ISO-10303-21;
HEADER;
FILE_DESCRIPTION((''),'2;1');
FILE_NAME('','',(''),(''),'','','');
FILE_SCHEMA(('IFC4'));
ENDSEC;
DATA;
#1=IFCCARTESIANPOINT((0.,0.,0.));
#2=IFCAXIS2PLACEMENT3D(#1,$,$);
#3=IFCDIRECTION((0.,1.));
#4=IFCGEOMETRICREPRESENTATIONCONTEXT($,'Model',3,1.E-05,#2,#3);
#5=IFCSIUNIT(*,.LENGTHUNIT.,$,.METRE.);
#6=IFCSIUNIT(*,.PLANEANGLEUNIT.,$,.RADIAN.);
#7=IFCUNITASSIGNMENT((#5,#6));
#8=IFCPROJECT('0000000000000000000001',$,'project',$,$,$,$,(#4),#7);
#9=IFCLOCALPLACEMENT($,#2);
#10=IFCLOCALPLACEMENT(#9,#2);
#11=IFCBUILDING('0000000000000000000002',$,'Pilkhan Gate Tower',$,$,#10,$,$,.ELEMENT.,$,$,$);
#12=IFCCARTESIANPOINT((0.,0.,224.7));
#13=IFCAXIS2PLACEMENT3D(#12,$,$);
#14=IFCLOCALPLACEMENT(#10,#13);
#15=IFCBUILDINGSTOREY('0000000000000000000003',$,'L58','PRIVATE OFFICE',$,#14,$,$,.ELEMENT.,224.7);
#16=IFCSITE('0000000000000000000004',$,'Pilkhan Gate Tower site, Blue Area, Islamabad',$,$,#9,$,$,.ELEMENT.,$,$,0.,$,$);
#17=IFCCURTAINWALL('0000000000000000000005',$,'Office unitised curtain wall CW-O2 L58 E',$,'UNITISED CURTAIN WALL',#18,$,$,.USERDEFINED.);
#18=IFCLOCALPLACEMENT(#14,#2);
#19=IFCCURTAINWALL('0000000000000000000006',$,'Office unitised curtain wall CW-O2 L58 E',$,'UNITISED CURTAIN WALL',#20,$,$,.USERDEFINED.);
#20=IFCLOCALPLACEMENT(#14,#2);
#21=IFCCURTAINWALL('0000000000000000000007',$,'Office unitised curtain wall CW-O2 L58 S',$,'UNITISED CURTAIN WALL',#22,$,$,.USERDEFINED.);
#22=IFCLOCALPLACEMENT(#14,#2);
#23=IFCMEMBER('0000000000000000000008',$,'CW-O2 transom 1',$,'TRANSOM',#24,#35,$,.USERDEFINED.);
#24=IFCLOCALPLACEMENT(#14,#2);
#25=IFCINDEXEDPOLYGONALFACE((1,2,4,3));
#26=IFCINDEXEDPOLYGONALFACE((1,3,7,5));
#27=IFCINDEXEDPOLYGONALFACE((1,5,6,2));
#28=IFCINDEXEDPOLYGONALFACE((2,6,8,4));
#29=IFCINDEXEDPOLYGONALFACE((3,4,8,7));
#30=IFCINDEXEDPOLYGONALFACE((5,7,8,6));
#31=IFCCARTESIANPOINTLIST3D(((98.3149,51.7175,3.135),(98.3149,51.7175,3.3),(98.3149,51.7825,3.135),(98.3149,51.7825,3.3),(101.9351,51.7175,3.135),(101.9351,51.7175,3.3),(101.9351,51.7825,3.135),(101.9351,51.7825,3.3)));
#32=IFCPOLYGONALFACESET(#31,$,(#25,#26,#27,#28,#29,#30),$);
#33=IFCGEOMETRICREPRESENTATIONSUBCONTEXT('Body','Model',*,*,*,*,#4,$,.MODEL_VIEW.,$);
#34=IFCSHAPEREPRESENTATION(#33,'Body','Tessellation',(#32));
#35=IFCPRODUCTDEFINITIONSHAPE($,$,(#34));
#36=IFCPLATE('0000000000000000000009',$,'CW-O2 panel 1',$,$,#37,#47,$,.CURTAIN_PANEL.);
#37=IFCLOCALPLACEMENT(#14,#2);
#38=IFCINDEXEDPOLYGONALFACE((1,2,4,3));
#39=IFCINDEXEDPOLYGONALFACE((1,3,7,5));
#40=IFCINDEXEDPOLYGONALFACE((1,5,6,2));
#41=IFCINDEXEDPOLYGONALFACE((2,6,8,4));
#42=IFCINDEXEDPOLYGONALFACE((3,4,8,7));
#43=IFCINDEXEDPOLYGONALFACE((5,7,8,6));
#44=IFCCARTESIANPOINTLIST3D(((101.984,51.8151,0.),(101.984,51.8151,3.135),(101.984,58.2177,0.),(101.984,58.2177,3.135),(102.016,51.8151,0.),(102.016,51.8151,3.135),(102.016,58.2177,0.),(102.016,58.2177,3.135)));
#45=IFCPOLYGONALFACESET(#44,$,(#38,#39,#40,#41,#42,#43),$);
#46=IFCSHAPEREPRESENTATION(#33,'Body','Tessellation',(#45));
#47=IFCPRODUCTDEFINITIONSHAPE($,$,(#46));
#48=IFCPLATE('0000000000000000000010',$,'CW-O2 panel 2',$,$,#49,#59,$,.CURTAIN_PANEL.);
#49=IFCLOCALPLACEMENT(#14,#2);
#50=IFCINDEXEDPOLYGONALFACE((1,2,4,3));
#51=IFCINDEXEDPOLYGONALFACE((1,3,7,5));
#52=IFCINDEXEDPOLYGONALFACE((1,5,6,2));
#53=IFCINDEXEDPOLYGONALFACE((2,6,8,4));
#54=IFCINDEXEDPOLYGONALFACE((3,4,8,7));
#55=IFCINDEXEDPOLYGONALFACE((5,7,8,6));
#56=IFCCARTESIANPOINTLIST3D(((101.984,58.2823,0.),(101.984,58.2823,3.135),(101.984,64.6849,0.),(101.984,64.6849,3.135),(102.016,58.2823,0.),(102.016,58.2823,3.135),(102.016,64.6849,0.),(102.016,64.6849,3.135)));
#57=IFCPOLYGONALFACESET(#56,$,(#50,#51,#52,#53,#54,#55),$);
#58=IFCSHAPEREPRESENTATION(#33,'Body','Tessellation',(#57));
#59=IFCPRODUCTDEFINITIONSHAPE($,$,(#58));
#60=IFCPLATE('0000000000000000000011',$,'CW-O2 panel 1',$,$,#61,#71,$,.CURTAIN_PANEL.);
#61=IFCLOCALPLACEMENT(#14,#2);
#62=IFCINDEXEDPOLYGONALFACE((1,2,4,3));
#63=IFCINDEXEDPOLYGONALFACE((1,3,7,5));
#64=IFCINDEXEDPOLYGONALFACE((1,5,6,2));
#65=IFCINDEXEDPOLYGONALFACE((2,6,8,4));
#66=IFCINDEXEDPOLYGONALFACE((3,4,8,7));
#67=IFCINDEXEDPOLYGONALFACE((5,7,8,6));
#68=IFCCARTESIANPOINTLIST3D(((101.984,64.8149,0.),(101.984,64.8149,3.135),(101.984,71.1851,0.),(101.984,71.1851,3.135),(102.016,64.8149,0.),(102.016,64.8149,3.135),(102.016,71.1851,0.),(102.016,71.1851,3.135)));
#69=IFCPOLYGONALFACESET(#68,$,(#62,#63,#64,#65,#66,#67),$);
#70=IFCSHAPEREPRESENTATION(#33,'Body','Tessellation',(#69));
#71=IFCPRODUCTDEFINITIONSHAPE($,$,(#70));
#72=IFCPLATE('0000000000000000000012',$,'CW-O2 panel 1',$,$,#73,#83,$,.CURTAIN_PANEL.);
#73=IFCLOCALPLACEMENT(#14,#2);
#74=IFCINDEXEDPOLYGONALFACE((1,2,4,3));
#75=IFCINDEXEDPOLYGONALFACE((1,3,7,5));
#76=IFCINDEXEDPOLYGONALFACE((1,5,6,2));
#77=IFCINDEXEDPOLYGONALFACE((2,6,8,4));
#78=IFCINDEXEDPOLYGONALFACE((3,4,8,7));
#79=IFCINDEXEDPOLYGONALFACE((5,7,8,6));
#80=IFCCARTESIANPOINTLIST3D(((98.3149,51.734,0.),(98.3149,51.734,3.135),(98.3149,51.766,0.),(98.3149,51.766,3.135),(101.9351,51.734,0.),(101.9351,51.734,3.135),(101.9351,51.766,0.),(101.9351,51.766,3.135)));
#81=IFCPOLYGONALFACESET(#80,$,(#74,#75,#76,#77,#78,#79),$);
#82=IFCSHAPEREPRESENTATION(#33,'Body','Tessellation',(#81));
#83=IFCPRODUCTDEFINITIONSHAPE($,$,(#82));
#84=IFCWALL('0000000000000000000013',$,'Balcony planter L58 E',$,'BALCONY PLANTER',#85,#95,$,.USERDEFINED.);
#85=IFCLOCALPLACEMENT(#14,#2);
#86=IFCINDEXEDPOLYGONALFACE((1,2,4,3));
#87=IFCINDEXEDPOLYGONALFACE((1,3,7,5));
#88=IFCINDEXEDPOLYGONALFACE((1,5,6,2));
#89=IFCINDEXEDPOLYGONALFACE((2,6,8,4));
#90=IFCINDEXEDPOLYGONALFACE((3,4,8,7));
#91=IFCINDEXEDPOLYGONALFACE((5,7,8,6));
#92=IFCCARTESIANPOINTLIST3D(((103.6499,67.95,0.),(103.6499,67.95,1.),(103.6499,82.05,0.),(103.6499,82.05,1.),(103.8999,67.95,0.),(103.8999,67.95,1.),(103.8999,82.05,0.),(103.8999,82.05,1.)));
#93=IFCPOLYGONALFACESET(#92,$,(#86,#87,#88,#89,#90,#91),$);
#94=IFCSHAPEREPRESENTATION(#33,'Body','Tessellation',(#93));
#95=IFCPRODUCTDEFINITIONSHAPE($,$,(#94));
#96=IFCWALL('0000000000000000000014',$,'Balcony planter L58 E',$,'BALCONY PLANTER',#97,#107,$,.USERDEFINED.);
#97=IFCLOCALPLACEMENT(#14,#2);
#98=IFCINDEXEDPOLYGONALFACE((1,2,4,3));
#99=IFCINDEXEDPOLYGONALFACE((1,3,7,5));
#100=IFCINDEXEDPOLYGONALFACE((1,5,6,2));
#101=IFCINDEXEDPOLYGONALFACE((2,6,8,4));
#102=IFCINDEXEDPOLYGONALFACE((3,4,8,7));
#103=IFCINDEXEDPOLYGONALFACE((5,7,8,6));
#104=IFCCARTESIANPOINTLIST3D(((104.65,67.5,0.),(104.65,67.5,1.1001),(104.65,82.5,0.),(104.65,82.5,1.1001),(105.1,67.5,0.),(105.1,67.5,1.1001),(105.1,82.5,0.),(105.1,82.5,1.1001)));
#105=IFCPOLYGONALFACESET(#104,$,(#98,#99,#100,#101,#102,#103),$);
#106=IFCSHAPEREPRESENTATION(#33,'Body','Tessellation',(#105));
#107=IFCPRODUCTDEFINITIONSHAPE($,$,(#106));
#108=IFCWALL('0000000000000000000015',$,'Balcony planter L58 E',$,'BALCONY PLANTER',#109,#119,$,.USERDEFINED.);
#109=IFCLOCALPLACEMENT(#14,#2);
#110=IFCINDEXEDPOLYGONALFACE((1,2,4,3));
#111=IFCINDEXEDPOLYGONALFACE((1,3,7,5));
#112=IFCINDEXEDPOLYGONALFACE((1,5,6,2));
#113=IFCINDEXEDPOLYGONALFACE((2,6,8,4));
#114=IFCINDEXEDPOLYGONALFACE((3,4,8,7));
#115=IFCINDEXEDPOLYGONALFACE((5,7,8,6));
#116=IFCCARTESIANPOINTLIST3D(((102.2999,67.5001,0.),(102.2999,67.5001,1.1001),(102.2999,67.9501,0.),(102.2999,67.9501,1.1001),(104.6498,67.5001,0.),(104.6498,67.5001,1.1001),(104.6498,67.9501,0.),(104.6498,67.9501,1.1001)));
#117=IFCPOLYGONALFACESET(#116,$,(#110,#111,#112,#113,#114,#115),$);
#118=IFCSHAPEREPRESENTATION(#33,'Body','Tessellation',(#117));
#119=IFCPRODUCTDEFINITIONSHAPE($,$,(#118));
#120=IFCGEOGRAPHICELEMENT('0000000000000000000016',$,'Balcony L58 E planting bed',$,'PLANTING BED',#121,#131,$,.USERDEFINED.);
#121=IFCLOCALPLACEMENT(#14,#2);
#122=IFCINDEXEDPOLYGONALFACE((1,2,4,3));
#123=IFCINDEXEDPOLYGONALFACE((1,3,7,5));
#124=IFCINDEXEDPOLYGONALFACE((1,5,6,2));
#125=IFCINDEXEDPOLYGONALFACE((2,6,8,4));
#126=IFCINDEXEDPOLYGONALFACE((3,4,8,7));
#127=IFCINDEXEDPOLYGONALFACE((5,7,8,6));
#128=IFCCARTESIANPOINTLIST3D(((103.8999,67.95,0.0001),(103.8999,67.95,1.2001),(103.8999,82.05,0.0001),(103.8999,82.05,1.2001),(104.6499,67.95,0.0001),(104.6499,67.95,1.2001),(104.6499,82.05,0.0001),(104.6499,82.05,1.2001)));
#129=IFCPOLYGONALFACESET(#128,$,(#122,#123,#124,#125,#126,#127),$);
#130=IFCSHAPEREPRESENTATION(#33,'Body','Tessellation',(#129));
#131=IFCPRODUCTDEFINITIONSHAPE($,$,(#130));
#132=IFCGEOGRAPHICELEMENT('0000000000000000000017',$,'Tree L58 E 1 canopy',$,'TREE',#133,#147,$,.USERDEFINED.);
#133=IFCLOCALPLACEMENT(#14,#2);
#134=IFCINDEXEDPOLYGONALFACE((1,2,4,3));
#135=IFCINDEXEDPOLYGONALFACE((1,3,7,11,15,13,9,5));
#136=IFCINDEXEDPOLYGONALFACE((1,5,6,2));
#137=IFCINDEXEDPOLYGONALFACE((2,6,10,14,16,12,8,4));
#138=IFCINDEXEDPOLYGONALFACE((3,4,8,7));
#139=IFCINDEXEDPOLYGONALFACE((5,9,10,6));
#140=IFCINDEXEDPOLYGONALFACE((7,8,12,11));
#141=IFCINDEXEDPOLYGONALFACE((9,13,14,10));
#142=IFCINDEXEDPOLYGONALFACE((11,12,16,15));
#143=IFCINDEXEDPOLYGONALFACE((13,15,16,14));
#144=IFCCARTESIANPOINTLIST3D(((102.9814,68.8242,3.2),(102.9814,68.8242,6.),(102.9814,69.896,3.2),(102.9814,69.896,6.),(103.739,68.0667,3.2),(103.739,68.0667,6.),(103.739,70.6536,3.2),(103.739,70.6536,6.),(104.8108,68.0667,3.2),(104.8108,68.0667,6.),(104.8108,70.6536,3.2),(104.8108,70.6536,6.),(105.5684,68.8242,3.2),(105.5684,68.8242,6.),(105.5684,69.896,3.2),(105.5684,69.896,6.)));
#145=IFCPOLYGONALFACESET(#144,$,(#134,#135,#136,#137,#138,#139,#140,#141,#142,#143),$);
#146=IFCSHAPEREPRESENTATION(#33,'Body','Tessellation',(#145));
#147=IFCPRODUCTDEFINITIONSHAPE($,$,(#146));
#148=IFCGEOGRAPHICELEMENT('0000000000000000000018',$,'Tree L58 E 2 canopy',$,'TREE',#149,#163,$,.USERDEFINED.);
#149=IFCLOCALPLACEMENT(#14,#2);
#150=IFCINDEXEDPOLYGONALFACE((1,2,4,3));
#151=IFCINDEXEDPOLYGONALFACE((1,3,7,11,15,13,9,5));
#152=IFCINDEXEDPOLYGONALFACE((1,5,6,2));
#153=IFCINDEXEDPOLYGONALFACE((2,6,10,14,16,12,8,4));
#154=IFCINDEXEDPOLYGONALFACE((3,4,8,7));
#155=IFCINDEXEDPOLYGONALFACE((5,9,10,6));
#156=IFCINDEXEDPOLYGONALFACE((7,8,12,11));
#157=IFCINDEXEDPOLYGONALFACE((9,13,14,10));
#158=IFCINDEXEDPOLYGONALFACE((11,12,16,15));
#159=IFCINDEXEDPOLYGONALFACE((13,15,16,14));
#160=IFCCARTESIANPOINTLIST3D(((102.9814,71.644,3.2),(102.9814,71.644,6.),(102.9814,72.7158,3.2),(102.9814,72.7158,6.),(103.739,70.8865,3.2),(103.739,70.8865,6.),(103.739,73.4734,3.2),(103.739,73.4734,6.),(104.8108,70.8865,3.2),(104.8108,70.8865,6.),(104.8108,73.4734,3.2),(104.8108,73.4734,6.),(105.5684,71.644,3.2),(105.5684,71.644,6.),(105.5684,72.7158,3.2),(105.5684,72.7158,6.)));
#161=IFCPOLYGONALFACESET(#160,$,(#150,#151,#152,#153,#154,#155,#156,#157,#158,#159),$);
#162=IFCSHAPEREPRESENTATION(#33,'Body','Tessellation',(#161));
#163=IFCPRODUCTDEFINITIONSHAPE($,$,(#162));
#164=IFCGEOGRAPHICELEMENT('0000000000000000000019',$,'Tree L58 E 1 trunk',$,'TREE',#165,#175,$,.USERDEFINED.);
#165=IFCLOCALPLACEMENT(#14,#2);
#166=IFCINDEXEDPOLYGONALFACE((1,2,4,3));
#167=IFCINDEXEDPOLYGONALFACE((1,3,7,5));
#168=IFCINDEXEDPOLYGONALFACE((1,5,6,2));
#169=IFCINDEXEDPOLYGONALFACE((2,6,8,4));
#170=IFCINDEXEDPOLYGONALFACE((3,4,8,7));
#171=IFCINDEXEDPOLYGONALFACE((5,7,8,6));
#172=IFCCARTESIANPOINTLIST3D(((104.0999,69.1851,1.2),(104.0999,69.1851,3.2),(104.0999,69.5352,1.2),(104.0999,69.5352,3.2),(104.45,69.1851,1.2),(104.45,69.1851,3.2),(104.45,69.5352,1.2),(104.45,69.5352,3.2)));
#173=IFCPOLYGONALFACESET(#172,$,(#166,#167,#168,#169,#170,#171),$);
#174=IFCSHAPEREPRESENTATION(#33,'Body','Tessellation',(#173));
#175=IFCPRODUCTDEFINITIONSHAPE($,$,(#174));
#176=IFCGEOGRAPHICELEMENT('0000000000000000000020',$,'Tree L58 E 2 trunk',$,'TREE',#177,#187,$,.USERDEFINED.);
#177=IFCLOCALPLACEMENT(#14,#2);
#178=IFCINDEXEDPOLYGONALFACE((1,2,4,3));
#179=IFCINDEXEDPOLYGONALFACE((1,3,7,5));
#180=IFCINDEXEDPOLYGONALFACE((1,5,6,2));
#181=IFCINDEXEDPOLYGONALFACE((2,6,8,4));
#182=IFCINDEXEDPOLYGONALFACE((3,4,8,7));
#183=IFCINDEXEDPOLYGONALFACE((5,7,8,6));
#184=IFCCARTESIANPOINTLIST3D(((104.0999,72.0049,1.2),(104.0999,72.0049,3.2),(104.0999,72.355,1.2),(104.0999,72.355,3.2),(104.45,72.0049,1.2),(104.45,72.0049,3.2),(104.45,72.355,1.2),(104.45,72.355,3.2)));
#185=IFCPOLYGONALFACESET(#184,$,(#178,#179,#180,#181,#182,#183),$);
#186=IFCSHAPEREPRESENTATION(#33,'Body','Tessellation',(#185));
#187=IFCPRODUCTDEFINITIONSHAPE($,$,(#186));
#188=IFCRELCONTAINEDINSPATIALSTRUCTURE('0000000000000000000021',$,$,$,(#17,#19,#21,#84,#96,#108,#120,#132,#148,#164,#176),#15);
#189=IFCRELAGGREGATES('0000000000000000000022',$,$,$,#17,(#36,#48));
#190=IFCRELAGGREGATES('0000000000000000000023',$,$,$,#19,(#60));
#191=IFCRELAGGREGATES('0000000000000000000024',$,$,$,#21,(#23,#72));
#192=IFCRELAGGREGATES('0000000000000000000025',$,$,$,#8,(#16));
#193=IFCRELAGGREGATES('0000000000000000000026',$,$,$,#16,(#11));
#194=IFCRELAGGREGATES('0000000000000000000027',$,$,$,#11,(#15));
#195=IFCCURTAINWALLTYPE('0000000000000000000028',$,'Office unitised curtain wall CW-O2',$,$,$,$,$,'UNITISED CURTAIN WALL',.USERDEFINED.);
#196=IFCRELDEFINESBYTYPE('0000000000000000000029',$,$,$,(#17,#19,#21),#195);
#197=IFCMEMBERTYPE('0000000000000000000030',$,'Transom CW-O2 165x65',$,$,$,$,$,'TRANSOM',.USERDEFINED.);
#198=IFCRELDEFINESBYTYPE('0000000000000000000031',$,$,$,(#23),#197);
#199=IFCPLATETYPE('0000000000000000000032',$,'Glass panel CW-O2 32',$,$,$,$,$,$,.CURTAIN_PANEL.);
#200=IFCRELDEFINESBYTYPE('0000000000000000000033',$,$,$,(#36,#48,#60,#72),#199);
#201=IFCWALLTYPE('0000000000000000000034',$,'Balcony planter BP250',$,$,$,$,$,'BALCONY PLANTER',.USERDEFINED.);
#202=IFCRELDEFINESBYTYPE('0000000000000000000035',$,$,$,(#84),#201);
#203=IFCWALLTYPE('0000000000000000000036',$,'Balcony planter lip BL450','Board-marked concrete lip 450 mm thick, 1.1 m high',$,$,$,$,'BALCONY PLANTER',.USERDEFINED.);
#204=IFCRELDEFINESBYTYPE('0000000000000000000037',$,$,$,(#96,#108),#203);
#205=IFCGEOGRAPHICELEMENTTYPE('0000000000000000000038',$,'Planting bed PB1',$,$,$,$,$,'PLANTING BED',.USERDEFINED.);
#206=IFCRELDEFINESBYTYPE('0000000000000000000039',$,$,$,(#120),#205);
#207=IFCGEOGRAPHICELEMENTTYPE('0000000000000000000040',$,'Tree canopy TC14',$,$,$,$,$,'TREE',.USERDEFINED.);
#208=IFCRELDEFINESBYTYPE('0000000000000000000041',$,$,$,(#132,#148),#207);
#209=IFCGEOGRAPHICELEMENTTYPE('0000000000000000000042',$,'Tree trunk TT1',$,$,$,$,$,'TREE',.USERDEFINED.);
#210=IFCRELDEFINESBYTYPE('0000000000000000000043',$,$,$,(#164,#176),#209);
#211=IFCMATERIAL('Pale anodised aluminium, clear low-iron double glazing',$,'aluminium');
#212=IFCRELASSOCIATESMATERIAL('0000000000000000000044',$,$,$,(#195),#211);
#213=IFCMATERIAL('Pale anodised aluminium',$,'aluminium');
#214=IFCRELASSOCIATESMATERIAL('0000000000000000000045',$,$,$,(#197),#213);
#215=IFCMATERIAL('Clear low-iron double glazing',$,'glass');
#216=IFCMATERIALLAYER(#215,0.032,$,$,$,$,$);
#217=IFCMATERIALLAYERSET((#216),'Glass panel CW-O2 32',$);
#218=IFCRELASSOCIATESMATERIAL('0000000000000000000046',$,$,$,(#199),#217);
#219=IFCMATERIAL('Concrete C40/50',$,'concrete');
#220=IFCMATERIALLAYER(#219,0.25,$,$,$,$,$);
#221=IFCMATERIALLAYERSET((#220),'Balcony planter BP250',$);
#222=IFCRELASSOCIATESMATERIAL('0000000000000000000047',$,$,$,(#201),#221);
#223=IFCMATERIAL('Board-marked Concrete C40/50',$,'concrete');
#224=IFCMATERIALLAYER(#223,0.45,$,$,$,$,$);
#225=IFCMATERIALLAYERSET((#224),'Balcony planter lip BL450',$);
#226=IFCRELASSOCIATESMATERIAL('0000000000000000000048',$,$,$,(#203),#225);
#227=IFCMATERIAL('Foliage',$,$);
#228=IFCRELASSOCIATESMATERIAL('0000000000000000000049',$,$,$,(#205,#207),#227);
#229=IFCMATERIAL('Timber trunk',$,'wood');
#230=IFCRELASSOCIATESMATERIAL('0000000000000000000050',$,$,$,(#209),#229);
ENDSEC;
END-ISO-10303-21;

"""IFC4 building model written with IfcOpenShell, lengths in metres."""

from ifc_helpers import new_model, si_unit, direction, frame, frame_2d, origin, origin_2d, place, context, subcontext, project, spatial, polyline, rectangle, outline, extrude, material, layer, layer_set, material_profile, profile_set, type_object, element, aggregate, save


model = new_model("IFC4")

# Units and contexts
model_context = context("Model", 3, precision=1e-05, world=origin(), true_north=direction((0.0, 1.0)))
body_context = subcontext(model_context, "Body", "Model", "MODEL_VIEW")
ifc_project = project(units=[si_unit("LENGTHUNIT", "METRE"), si_unit("PLANEANGLEUNIT", "RADIAN")], contexts=[model_context])

# Site, building, storey
site_placement = place(None, origin())
site = spatial("IfcSite", under=ifc_project, at=site_placement, Name="Pilkhan Gate Tower site, Blue Area, Islamabad", CompositionType="ELEMENT", RefElevation=0.0)
building_placement = place(site_placement, origin())
building = spatial("IfcBuilding", under=site, at=building_placement, Name="Pilkhan Gate Tower", CompositionType="ELEMENT")
storey_placement = place(building_placement, frame((0.0, 0.0, 224.7)))
storey = spatial("IfcBuildingStorey", under=building, at=storey_placement, Name="L58", Description="PRIVATE OFFICE", CompositionType="ELEMENT", Elevation=224.7)

# Curtain walls
ifc_material_1 = material(Name="Pale anodised aluminium, clear low-iron double glazing", Category="aluminium")
curtain_wall_type = type_object("IfcCurtainWallType", Name="Office unitised curtain wall CW-O2", ElementType="UNITISED CURTAIN WALL", PredefinedType="USERDEFINED", material=ifc_material_1)
curtain_wall_1_placement = place(storey_placement, origin())
curtain_wall_1 = element("IfcCurtainWall", 1, at=curtain_wall_1_placement, inside=storey, type_object=curtain_wall_type, Name="Office unitised curtain wall CW-O2 L58 E", ObjectType="UNITISED CURTAIN WALL", PredefinedType="USERDEFINED")
ifc_material_2 = material(Name="Pale anodised aluminium", Category="aluminium")
curtain_wall_2_placement = place(storey_placement, origin())
curtain_wall_2 = element("IfcCurtainWall", 2, at=curtain_wall_2_placement, inside=storey, type_object=curtain_wall_type, Name="Office unitised curtain wall CW-O2 L58 E", ObjectType="UNITISED CURTAIN WALL", PredefinedType="USERDEFINED")

# Curtain wall
curtain_wall_3_placement = place(storey_placement, origin())
curtain_wall_3 = element("IfcCurtainWall", 3, at=curtain_wall_3_placement, inside=storey, type_object=curtain_wall_type, Name="Office unitised curtain wall CW-O2 L58 S", ObjectType="UNITISED CURTAIN WALL", PredefinedType="USERDEFINED")

# Member
ifc_material_profile_1 = material_profile(ifc_material_2, rectangle(XDim=0.0649, YDim=0.165, at=origin_2d()), Name="Transom 165x65")
ifc_profile_set_1 = profile_set([ifc_material_profile_1], Name="Pale anodised aluminium")
member_type_1 = type_object("IfcMemberType", Name="Transom CW-O2 165x65", ElementType="TRANSOM", PredefinedType="USERDEFINED", material=ifc_profile_set_1)
member_1_placement = place(storey_placement, frame((98.3149, 51.75, 3.2175), z_axis=(1.0, 0.0, 0.0), x_axis=(0.0, 1.0, 0.0)))
member_1 = element("IfcMember", 4, at=member_1_placement, type_object=member_type_1, Name="CW-O2 transom 1", ObjectType="TRANSOM", PredefinedType="USERDEFINED", context=body_context, shape_type="SweptSolid", body=[
    extrude(rectangle(XDim=0.0649, YDim=0.165, at=origin_2d()), origin(), (0.0, 0.0, 1.0), 3.6201),
])

# Plates
ifc_material_3 = material(Name="Clear low-iron double glazing", Category="glass")
ifc_layer_1 = layer(ifc_material_3, 0.032)
ifc_layer_set_1 = layer_set([ifc_layer_1], Name="Glass panel CW-O2 32")
plate_type = type_object("IfcPlateType", Name="Glass panel CW-O2 32", PredefinedType="CURTAIN_PANEL", material=ifc_layer_set_1)
plate_1_placement = place(storey_placement, frame((102.0, 55.0164, 0.0), z_axis=(0.0, 0.0, 1.0), x_axis=(0.0, 1.0, 0.0)))
plate_1 = element("IfcPlate", 5, at=plate_1_placement, type_object=plate_type, Name="CW-O2 panel 1", PredefinedType="CURTAIN_PANEL", context=body_context, shape_type="SweptSolid", body=[
    extrude(rectangle(XDim=6.4026, YDim=0.032, at=origin_2d()), origin(), (0.0, 0.0, 1.0), 3.135),
])
plate_2_placement = place(storey_placement, frame((102.0, 61.4836, 0.0), z_axis=(0.0, 0.0, 1.0), x_axis=(0.0, 1.0, 0.0)))
plate_2 = element("IfcPlate", 6, at=plate_2_placement, type_object=plate_type, Name="CW-O2 panel 2", PredefinedType="CURTAIN_PANEL", context=body_context, shape_type="SweptSolid", body=[
    extrude(rectangle(XDim=6.4026, YDim=0.032, at=origin_2d()), origin(), (0.0, 0.0, 1.0), 3.135),
])
aggregate(curtain_wall_1, [plate_1, plate_2])
plate_3_placement = place(storey_placement, frame((102.0, 68.0, 0.0), z_axis=(0.0, 0.0, 1.0), x_axis=(0.0, 1.0, 0.0)))
plate_3 = element("IfcPlate", 7, at=plate_3_placement, type_object=plate_type, Name="CW-O2 panel 1", PredefinedType="CURTAIN_PANEL", context=body_context, shape_type="SweptSolid", body=[
    extrude(rectangle(XDim=6.3701, YDim=0.032, at=origin_2d()), origin(), (0.0, 0.0, 1.0), 3.135),
])
aggregate(curtain_wall_2, [plate_3])
plate_4_placement = place(storey_placement, frame((100.125, 51.75, 0.0), z_axis=(0.0, 0.0, 1.0), x_axis=(1.0, 0.0, 0.0)))
plate_4 = element("IfcPlate", 8, at=plate_4_placement, type_object=plate_type, Name="CW-O2 panel 1", PredefinedType="CURTAIN_PANEL", context=body_context, shape_type="SweptSolid", body=[
    extrude(rectangle(XDim=3.6201, YDim=0.032, at=origin_2d()), origin(), (0.0, 0.0, 1.0), 3.135),
])
aggregate(curtain_wall_3, [member_1, plate_4])

# Walls
ifc_material_4 = material(Name="Concrete C40/50", Category="concrete")
ifc_layer_2 = layer(ifc_material_4, 0.25)
ifc_layer_set_2 = layer_set([ifc_layer_2], Name="Balcony planter BP250")
wall_type_1 = type_object("IfcWallType", Name="Balcony planter BP250", ElementType="BALCONY PLANTER", PredefinedType="USERDEFINED", material=ifc_layer_set_2)
wall_1_placement = place(storey_placement, frame((103.7749, 67.95, 0.0), z_axis=(0.0, 0.0, 1.0), x_axis=(0.0, 1.0, 0.0)))
element("IfcWall", 9, at=wall_1_placement, inside=storey, type_object=wall_type_1, Name="Balcony planter L58 E", ObjectType="BALCONY PLANTER", PredefinedType="USERDEFINED", context=body_context, shape_type="SweptSolid", body=[
    extrude(rectangle(XDim=14.1001, YDim=0.25, at=frame_2d((7.05, 0.0))), origin(), (0.0, 0.0, 1.0), 1.0),
])
ifc_material_5 = material(Name="Board-marked Concrete C40/50", Category="concrete")
ifc_layer_3 = layer(ifc_material_5, 0.45)
ifc_layer_set_3 = layer_set([ifc_layer_3], Name="Balcony planter lip BL450")
wall_type_2 = type_object("IfcWallType", Name="Balcony planter lip BL450", Description="Board-marked concrete lip 450 mm thick, 1.1 m high", ElementType="BALCONY PLANTER", PredefinedType="USERDEFINED", material=ifc_layer_set_3)
wall_2_placement = place(storey_placement, frame((104.875, 67.5, 0.0), z_axis=(0.0, 0.0, 1.0), x_axis=(0.0, 1.0, 0.0)))
element("IfcWall", 10, at=wall_2_placement, inside=storey, type_object=wall_type_2, Name="Balcony planter L58 E", ObjectType="BALCONY PLANTER", PredefinedType="USERDEFINED", context=body_context, shape_type="SweptSolid", body=[
    extrude(rectangle(XDim=15.0, YDim=0.45, at=frame_2d((7.5, 0.0))), origin(), (0.0, 0.0, 1.0), 1.1001),
])
wall_3_placement = place(storey_placement, frame((102.3, 67.7251, 0.0), z_axis=(0.0, 0.0, 1.0), x_axis=(1.0, 0.0, 0.0)))
element("IfcWall", 11, at=wall_3_placement, inside=storey, type_object=wall_type_2, Name="Balcony planter L58 E", ObjectType="BALCONY PLANTER", PredefinedType="USERDEFINED", context=body_context, shape_type="SweptSolid", body=[
    extrude(rectangle(XDim=2.3499, YDim=0.45, at=frame_2d((1.1748, 0.0))), origin(), (0.0, 0.0, 1.0), 1.1001),
])

# Geographic elements
ifc_material_6 = material(Name="Foliage")
ifc_material_profile_2 = material_profile(ifc_material_6, rectangle(XDim=0.75, YDim=1.2, at=origin_2d()), Name="Bed 750x1200")
ifc_profile_set_2 = profile_set([ifc_material_profile_2], Name="Foliage")
geographic_element_type_1 = type_object("IfcGeographicElementType", Name="Planting bed PB1", ElementType="PLANTING BED", PredefinedType="USERDEFINED", material=ifc_profile_set_2)
geographic_element_placement = place(storey_placement, frame((104.2749, 67.95, 0.6001), z_axis=(0.0, 1.0, 0.0), x_axis=(-1.0, 0.0, 0.0)))
element("IfcGeographicElement", 12, at=geographic_element_placement, inside=storey, type_object=geographic_element_type_1, Name="Balcony L58 E planting bed", ObjectType="PLANTING BED", PredefinedType="USERDEFINED", context=body_context, shape_type="SweptSolid", body=[
    extrude(rectangle(XDim=0.75, YDim=1.2, at=origin_2d()), origin(), (0.0, 0.0, 1.0), 14.1001),
])
ifc_material_profile_3 = material_profile(ifc_material_6, outline(polyline([(1.2935, 0.5359), (0.5359, 1.2935), (-0.5359, 1.2935), (-1.2935, 0.5359), (-1.2935, -0.5359), (-0.5359, -1.2935), (0.5359, -1.2935), (1.2935, -0.5359), (1.2935, 0.5359)])), Name="Canopy D2.8")
ifc_profile_set_3 = profile_set([ifc_material_profile_3], Name="Foliage")
geographic_element_type_2 = type_object("IfcGeographicElementType", Name="Tree canopy TC14", ElementType="TREE", PredefinedType="USERDEFINED", material=ifc_profile_set_3)
for number, where, z_axis, x_axis, name in (
    (13, (104.2749, 69.3601, 3.2), (0.0, 0.0, 1.0), (1.0, 0.0, 0.0), "Tree L58 E 1 canopy"),
    (14, (104.2749, 72.1799, 3.2), (0.0, 0.0, 1.0), (1.0, 0.0, 0.0), "Tree L58 E 2 canopy"),
):
    element("IfcGeographicElement", number, at=place(storey_placement, frame(where, z_axis=z_axis, x_axis=x_axis)), inside=storey, type_object=geographic_element_type_2, Name=name, ObjectType="TREE", PredefinedType="USERDEFINED", context=body_context, shape_type="SweptSolid", body=[
        extrude(outline(polyline([(1.2935, 0.5359), (0.5359, 1.2935), (-0.5359, 1.2935), (-1.2935, 0.5359), (-1.2935, -0.5359), (-0.5359, -1.2935), (0.5359, -1.2935), (1.2935, -0.5359), (1.2935, 0.5359)])), origin(), (0.0, 0.0, 1.0), 2.8),
    ])
ifc_material_7 = material(Name="Timber trunk", Category="wood")
geographic_element_type_3 = type_object("IfcGeographicElementType", Name="Tree trunk TT1", ElementType="TREE", PredefinedType="USERDEFINED", material=ifc_material_7)
for number, where, z_axis, x_axis, name in (
    (15, (104.2749, 69.3601, 1.2), (0.0, 0.0, 1.0), (1.0, 0.0, 0.0), "Tree L58 E 1 trunk"),
    (16, (104.2749, 72.1799, 1.2), (0.0, 0.0, 1.0), (1.0, 0.0, 0.0), "Tree L58 E 2 trunk"),
):
    element("IfcGeographicElement", number, at=place(storey_placement, frame(where, z_axis=z_axis, x_axis=x_axis)), inside=storey, type_object=geographic_element_type_3, Name=name, ObjectType="TREE", PredefinedType="USERDEFINED", context=body_context, shape_type="SweptSolid", body=[
        extrude(rectangle(XDim=0.3501, YDim=0.3501, at=origin_2d()), origin(), (0.0, 0.0, 1.0), 2.0),
    ])

save(model, "model.ifc")
